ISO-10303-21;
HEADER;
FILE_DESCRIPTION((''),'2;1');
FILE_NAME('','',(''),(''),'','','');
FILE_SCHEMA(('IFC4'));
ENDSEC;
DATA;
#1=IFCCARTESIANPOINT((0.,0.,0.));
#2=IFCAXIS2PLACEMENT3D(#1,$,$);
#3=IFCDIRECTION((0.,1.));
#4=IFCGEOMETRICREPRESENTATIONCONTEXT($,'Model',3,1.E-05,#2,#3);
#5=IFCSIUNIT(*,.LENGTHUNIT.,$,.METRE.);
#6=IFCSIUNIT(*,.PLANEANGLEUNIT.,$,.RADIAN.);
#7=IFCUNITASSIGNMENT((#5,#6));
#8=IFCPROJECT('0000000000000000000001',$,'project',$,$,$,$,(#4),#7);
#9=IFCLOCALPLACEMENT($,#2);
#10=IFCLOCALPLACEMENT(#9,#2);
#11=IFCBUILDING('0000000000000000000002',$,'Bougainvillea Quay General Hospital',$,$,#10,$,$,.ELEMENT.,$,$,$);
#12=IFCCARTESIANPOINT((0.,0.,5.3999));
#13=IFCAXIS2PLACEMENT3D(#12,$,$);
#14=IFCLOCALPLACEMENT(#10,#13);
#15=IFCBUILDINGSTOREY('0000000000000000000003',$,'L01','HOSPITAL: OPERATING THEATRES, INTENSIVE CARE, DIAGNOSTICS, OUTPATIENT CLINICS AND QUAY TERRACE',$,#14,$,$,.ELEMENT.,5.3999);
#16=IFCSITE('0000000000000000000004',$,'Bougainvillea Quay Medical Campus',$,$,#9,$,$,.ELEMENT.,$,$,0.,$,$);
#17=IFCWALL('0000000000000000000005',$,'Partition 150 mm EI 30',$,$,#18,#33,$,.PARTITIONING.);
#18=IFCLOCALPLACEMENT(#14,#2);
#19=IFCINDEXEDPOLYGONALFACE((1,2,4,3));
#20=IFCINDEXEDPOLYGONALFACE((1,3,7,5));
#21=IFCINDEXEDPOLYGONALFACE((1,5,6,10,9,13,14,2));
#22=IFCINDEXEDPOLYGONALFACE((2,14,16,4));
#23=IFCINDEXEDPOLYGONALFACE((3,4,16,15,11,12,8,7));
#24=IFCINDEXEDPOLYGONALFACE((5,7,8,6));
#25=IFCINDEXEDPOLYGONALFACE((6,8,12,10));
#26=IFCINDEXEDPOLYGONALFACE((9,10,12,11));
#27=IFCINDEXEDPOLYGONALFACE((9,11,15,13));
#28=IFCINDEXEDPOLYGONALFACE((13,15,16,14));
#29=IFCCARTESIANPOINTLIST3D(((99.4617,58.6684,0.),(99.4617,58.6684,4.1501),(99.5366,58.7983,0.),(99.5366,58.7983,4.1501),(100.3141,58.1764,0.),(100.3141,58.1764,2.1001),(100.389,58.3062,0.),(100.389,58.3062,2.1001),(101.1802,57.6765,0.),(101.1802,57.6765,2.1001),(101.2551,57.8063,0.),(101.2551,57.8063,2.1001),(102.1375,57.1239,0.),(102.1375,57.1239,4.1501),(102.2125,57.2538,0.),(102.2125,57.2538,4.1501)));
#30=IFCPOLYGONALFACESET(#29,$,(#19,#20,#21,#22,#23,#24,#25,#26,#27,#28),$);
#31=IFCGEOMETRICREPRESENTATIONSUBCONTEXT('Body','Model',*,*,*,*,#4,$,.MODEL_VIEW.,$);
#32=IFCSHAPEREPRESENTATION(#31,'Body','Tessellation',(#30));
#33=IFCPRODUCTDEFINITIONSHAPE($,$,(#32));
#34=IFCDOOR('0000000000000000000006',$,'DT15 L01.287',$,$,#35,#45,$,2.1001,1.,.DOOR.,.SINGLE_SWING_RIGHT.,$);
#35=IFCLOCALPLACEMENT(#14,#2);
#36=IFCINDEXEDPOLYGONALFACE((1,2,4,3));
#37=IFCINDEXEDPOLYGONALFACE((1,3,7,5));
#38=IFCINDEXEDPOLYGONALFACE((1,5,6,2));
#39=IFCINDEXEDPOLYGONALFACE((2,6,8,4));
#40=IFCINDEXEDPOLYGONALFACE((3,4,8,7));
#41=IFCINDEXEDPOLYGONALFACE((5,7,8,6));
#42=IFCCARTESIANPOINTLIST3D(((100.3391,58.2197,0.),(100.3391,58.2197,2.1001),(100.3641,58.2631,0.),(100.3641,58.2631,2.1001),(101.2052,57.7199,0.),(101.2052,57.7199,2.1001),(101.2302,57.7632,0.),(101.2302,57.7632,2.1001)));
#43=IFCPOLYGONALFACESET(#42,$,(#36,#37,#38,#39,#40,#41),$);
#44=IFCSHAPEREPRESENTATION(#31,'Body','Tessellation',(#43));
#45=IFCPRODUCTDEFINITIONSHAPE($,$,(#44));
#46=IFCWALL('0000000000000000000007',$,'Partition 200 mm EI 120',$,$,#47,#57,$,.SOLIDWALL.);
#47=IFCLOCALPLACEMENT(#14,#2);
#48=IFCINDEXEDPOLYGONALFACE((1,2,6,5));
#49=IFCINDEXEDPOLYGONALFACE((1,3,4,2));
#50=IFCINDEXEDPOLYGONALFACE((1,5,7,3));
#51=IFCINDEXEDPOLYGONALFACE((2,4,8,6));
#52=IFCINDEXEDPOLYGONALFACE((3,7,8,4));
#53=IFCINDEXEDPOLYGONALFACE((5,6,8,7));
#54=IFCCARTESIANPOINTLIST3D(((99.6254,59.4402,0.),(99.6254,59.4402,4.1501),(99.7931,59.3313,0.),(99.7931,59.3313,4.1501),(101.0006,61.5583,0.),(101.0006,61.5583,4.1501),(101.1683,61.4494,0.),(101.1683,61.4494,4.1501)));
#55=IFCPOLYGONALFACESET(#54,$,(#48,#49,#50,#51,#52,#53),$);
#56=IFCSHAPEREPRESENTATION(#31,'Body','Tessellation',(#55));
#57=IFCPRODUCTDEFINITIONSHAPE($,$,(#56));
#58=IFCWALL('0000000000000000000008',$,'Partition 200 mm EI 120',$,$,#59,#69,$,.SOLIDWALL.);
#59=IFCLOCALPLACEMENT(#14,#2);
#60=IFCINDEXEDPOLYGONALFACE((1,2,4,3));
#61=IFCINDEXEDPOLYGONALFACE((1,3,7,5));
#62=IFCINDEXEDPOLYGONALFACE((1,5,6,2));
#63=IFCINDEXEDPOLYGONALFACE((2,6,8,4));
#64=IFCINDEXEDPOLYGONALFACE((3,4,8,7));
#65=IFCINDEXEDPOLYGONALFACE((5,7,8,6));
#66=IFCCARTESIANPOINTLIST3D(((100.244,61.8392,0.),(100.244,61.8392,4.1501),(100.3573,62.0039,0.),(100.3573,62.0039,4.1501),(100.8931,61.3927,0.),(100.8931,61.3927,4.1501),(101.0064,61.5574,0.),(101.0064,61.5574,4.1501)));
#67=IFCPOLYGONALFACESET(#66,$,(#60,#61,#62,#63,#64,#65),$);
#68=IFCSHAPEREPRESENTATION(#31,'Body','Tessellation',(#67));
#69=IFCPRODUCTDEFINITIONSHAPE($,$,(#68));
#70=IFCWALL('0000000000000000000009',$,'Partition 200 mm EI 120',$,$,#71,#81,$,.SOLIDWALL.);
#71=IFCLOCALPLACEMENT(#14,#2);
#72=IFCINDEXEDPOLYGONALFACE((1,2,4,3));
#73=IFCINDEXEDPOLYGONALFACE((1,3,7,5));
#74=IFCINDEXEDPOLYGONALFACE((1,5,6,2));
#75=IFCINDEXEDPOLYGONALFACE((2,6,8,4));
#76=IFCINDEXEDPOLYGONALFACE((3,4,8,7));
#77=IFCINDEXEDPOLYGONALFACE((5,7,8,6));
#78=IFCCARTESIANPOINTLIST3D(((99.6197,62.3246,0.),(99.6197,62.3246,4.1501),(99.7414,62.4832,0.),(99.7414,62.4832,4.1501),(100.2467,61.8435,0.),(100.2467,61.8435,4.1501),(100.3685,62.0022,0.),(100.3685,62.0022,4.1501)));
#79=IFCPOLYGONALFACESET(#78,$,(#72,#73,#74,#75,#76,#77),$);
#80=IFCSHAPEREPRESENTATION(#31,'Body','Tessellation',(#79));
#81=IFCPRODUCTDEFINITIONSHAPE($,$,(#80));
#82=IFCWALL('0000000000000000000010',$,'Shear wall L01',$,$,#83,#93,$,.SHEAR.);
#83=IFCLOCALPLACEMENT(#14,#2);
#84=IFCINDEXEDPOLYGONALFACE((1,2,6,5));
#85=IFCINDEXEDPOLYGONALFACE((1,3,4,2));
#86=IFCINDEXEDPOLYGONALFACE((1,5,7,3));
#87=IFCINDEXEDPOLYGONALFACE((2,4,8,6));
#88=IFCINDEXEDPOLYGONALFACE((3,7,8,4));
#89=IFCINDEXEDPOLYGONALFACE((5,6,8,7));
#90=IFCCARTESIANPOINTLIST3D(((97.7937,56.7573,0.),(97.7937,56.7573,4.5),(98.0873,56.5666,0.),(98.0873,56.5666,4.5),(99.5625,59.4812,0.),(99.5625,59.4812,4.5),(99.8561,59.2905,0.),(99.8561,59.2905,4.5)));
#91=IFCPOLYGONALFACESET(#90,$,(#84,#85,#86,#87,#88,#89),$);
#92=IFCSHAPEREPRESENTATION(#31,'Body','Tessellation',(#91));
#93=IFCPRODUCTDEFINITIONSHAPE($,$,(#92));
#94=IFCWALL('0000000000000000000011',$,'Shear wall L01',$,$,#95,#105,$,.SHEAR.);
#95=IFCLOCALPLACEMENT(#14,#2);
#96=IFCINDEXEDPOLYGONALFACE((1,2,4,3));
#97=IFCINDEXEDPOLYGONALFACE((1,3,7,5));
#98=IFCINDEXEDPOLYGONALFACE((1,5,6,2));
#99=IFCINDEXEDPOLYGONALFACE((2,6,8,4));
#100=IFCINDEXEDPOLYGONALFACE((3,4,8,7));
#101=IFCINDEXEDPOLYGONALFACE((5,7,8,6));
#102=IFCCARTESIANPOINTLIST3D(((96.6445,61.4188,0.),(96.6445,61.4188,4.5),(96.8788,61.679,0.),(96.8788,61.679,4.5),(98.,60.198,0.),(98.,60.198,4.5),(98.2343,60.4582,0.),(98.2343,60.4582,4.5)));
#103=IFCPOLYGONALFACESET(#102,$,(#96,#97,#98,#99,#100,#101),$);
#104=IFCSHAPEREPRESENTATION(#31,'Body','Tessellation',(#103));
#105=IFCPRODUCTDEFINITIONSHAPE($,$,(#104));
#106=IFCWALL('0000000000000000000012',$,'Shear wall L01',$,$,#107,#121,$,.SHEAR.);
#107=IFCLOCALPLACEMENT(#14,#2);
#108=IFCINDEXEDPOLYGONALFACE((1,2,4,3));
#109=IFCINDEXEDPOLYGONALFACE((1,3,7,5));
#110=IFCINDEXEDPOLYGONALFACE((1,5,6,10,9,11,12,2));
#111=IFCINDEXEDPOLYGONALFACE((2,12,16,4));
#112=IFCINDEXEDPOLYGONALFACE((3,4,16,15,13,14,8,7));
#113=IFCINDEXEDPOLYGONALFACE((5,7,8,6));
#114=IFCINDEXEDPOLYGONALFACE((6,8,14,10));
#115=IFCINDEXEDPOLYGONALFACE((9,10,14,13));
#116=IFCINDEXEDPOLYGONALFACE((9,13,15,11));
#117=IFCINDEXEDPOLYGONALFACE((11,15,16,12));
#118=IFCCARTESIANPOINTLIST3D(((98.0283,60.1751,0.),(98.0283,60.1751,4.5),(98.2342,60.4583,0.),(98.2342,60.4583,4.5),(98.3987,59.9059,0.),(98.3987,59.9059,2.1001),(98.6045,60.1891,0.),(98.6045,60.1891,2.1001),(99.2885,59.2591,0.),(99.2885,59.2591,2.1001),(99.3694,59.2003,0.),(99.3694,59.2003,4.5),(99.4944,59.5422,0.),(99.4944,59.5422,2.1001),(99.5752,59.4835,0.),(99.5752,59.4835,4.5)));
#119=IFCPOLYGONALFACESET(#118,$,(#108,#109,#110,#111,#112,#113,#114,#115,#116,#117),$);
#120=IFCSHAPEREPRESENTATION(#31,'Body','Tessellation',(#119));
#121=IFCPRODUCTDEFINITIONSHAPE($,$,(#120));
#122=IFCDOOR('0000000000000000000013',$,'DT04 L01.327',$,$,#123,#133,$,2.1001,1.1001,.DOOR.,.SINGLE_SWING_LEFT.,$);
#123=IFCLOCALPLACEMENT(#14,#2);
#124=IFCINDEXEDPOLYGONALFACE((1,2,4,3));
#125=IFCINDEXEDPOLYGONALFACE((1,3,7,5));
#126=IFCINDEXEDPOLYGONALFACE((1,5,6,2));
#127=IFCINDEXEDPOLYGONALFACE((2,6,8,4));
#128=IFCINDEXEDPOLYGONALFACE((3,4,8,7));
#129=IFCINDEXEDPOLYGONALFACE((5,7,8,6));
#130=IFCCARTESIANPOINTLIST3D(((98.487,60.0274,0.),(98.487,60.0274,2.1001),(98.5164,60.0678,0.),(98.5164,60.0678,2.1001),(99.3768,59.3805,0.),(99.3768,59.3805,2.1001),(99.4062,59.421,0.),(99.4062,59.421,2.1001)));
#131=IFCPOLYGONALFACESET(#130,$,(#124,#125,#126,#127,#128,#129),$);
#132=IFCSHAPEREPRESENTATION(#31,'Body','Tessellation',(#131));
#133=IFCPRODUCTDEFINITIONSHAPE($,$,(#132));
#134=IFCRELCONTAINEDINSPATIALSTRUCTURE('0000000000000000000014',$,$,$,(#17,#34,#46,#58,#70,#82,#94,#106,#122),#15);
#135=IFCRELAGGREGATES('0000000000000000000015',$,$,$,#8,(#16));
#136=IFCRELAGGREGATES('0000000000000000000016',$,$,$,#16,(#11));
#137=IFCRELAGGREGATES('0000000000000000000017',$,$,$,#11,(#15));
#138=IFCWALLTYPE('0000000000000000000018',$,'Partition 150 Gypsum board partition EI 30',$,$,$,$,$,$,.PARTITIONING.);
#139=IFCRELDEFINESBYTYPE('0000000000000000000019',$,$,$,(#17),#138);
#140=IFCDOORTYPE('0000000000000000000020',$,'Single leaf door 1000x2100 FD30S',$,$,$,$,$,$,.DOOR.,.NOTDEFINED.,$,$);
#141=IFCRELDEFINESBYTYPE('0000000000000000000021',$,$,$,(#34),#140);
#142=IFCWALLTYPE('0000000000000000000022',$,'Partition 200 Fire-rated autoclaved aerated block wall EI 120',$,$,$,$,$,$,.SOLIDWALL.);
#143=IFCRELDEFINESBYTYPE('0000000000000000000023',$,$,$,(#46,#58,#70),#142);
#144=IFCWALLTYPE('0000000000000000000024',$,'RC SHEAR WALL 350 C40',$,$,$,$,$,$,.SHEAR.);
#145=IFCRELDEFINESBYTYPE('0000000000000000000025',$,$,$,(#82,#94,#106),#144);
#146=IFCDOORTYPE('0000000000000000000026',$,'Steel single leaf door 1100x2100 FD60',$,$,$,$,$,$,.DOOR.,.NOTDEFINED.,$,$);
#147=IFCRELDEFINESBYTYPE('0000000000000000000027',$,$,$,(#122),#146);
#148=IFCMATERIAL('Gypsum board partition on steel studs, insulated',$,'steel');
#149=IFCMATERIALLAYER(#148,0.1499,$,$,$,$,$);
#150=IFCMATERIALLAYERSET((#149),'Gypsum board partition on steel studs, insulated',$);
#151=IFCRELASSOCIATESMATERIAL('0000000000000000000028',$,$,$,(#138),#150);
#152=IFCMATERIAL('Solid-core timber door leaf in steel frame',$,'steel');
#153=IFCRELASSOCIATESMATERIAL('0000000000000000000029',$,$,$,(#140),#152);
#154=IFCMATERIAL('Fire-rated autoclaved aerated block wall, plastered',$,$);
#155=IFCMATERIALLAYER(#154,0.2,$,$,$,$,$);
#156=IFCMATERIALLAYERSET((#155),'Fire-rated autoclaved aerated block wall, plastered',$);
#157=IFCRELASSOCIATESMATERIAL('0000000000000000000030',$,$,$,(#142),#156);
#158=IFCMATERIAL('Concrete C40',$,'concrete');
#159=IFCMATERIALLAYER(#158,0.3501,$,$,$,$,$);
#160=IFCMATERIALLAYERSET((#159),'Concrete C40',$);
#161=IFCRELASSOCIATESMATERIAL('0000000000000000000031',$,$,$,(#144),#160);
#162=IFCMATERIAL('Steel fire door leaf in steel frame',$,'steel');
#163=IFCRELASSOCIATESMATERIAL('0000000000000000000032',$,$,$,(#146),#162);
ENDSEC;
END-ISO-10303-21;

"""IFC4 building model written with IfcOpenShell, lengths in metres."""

from ifc_helpers import new_model, si_unit, direction, frame, frame_2d, origin, place, context, subcontext, project, spatial, rectangle, extrude, material, layer, layer_set, type_object, element, fill, save


model = new_model("IFC4")

# Units and contexts
model_context = context("Model", 3, precision=1e-05, world=origin(), true_north=direction((0.0, 1.0)))
body_context = subcontext(model_context, "Body", "Model", "MODEL_VIEW")
ifc_project = project(units=[si_unit("LENGTHUNIT", "METRE"), si_unit("PLANEANGLEUNIT", "RADIAN")], contexts=[model_context])

# Site, building, storey
site_placement = place(None, origin())
site = spatial("IfcSite", under=ifc_project, at=site_placement, Name="Bougainvillea Quay Medical Campus", CompositionType="ELEMENT", RefElevation=0.0)
building_placement = place(site_placement, origin())
building = spatial("IfcBuilding", under=site, at=building_placement, Name="Bougainvillea Quay General Hospital", CompositionType="ELEMENT")
storey_placement = place(building_placement, frame((0.0, 0.0, 5.3999)))
storey = spatial("IfcBuildingStorey", under=building, at=storey_placement, Name="L01", Description="HOSPITAL: OPERATING THEATRES, INTENSIVE CARE, DIAGNOSTICS, OUTPATIENT CLINICS AND QUAY TERRACE", CompositionType="ELEMENT", Elevation=5.3999)

# Shared definitions
ifc_material_1 = material(Name="Concrete C40", Category="concrete")

# Shared definitions
ifc_material_2 = material(Name="Gypsum board partition on steel studs, insulated", Category="steel")
ifc_layer_1 = layer(ifc_material_2, 0.1499)
ifc_layer_set_1 = layer_set([ifc_layer_1], Name="Gypsum board partition on steel studs, insulated")
wall_type_1 = type_object("IfcWallType", Name="Partition 150 Gypsum board partition EI 30", PredefinedType="PARTITIONING", material=ifc_layer_set_1)

# Wall, opening, door
wall_1_placement = place(storey_placement, frame((99.499, 58.7334, 0.0), z_axis=(0.0, 0.0, 1.0), x_axis=(0.866086, -0.499896, 0.0)))
wall_1 = element("IfcWall", 1, at=wall_1_placement, inside=storey, type_object=wall_type_1, Name="Partition 150 mm EI 30", PredefinedType="PARTITIONING", context=body_context, shape_type="SweptSolid", body=[
    extrude(rectangle(XDim=3.0896, YDim=0.1499, at=frame_2d((1.5449, 0.0))), origin(), (0.0, 0.0, 1.0), 4.1501),
])
opening_1_placement = place(wall_1_placement, frame((0.9844, 0.0, 0.0)))
opening_1 = element("IfcOpeningElement", 2, at=opening_1_placement, cuts=wall_1, PredefinedType="OPENING", context=body_context, shape_type="SweptSolid", body=[
    extrude(rectangle(XDim=1.0, YDim=2.1001, at=frame_2d((0.5, 1.05))), frame((0.0, 0.085, 0.0), z_axis=(0.0, -1.0, 0.0), x_axis=(1.0, 0.0, 0.0)), (0.0, 0.0, 1.0), 0.1699),
])
ifc_material_3 = material(Name="Solid-core timber door leaf in steel frame", Category="steel")
door_type_1 = type_object("IfcDoorType", Name="Single leaf door 1000x2100 FD30S", OperationType="NOTDEFINED", PredefinedType="DOOR", material=ifc_material_3)
door_1_placement = place(opening_1_placement, frame((1.0, 0.0, 0.0), z_axis=(0.0, 0.0, 1.0), x_axis=(-1.0, 0.0, 0.0)))
door_1 = element("IfcDoor", 3, at=door_1_placement, inside=storey, type_object=door_type_1, Name="DT15 L01.287", OperationType="SINGLE_SWING_RIGHT", OverallHeight=2.1001, OverallWidth=1.0, PredefinedType="DOOR", context=body_context, shape_type="SweptSolid", body=[
    extrude(rectangle(XDim=1.0, YDim=2.1001, at=frame_2d((0.5, 1.05))), frame((0.0, 0.0249, 0.0), z_axis=(0.0, -1.0, 0.0), x_axis=(1.0, 0.0, 0.0)), (0.0, 0.0, 1.0), 0.05),
])
fill(opening_1, door_1)

# Walls
ifc_material_4 = material(Name="Fire-rated autoclaved aerated block wall, plastered")
ifc_layer_2 = layer(ifc_material_4, 0.2)
ifc_layer_set_2 = layer_set([ifc_layer_2], Name="Fire-rated autoclaved aerated block wall, plastered")
wall_type_2 = type_object("IfcWallType", Name="Partition 200 Fire-rated autoclaved aerated block wall EI 120", PredefinedType="SOLIDWALL", material=ifc_layer_set_2)
wall_2_placement = place(storey_placement, frame((99.7092, 59.3857, 0.0), z_axis=(0.0, 0.0, 1.0), x_axis=(0.544553, 0.838726, 0.0)))
element("IfcWall", 4, at=wall_2_placement, inside=storey, type_object=wall_type_2, Name="Partition 200 mm EI 120", PredefinedType="SOLIDWALL", context=body_context, shape_type="SweptSolid", body=[
    extrude(rectangle(XDim=2.5254, YDim=0.2, at=frame_2d((1.2627, 0.0))), origin(), (0.0, 0.0, 1.0), 4.1501),
])
wall_3_placement = place(storey_placement, frame((100.3005, 61.9216, 0.0), z_axis=(0.0, 0.0, 1.0), x_axis=(0.823906, -0.566726, 0.0)))
element("IfcWall", 5, at=wall_3_placement, inside=storey, type_object=wall_type_2, Name="Partition 200 mm EI 120", PredefinedType="SOLIDWALL", context=body_context, shape_type="SweptSolid", body=[
    extrude(rectangle(XDim=0.7878, YDim=0.2, at=frame_2d((0.394, 0.0))), origin(), (0.0, 0.0, 1.0), 4.1501),
])
wall_4_placement = place(storey_placement, frame((99.6807, 62.4038, 0.0), z_axis=(0.0, 0.0, 1.0), x_axis=(0.793427, -0.608665, 0.0)))
element("IfcWall", 6, at=wall_4_placement, inside=storey, type_object=wall_type_2, Name="Partition 200 mm EI 120", PredefinedType="SOLIDWALL", context=body_context, shape_type="SweptSolid", body=[
    extrude(rectangle(XDim=0.7903, YDim=0.2, at=frame_2d((0.395, 0.0))), origin(), (0.0, 0.0, 1.0), 4.1501),
])
ifc_layer_3 = layer(ifc_material_1, 0.3501)
ifc_layer_set_3 = layer_set([ifc_layer_3], Name="Concrete C40")
wall_type_3 = type_object("IfcWallType", Name="RC SHEAR WALL 350 C40", PredefinedType="SHEAR", material=ifc_layer_set_3)
wall_5_placement = place(storey_placement, frame((97.9404, 56.6619, 0.0), z_axis=(0.0, 0.0, 1.0), x_axis=(0.544616, 0.838686, 0.0)))
element("IfcWall", 7, at=wall_5_placement, inside=storey, type_object=wall_type_3, Name="Shear wall L01", PredefinedType="SHEAR", context=body_context, shape_type="SweptSolid", body=[
    extrude(rectangle(XDim=3.2478, YDim=0.3501, at=frame_2d((1.624, 0.0))), origin(), (0.0, 0.0, 1.0), 4.5),
])
wall_6_placement = place(storey_placement, frame((98.1172, 60.3281, 0.0), z_axis=(0.0, 0.0, 1.0), x_axis=(-0.743081, 0.669201, 0.0)))
element("IfcWall", 8, at=wall_6_placement, inside=storey, type_object=wall_type_3, Name="Shear wall L01", PredefinedType="SHEAR", context=body_context, shape_type="SweptSolid", body=[
    extrude(rectangle(XDim=1.8242, YDim=0.3501, at=frame_2d((0.9121, 0.0))), origin(), (0.0, 0.0, 1.0), 4.5),
])

# Wall, opening, door
wall_7_placement = place(storey_placement, frame((99.4724, 59.3418, 0.0), z_axis=(0.0, 0.0, 1.0), x_axis=(-0.80887, 0.587988, 0.0)))
wall_7 = element("IfcWall", 9, at=wall_7_placement, inside=storey, type_object=wall_type_3, Name="Shear wall L01", PredefinedType="SHEAR", context=body_context, shape_type="SweptSolid", body=[
    extrude(rectangle(XDim=1.658, YDim=0.3501, at=frame_2d((0.8291, 0.0))), origin(), (0.0, 0.0, 1.0), 4.5),
])
opening_2_placement = place(wall_7_placement, frame((0.1001, 0.0, 0.0)))
opening_2 = element("IfcOpeningElement", 10, at=opening_2_placement, cuts=wall_7, PredefinedType="OPENING", context=body_context, shape_type="SweptSolid", body=[
    extrude(rectangle(XDim=1.1001, YDim=2.1001, at=frame_2d((0.55, 1.05))), frame((0.0, 0.1851, 0.0), z_axis=(0.0, -1.0, 0.0), x_axis=(1.0, 0.0, 0.0)), (0.0, 0.0, 1.0), 0.3701),
])
ifc_material_5 = material(Name="Steel fire door leaf in steel frame", Category="steel")
door_type_2 = type_object("IfcDoorType", Name="Steel single leaf door 1100x2100 FD60", OperationType="NOTDEFINED", PredefinedType="DOOR", material=ifc_material_5)
door_2_placement = place(opening_2_placement, origin())
door_2 = element("IfcDoor", 11, at=door_2_placement, inside=storey, type_object=door_type_2, Name="DT04 L01.327", OperationType="SINGLE_SWING_LEFT", OverallHeight=2.1001, OverallWidth=1.1001, PredefinedType="DOOR", context=body_context, shape_type="SweptSolid", body=[
    extrude(rectangle(XDim=1.1001, YDim=2.1001, at=frame_2d((0.55, 1.05))), frame((0.0, 0.0249, 0.0), z_axis=(0.0, -1.0, 0.0), x_axis=(1.0, 0.0, 0.0)), (0.0, 0.0, 1.0), 0.05),
])
fill(opening_2, door_2)

save(model, "model.ifc")
